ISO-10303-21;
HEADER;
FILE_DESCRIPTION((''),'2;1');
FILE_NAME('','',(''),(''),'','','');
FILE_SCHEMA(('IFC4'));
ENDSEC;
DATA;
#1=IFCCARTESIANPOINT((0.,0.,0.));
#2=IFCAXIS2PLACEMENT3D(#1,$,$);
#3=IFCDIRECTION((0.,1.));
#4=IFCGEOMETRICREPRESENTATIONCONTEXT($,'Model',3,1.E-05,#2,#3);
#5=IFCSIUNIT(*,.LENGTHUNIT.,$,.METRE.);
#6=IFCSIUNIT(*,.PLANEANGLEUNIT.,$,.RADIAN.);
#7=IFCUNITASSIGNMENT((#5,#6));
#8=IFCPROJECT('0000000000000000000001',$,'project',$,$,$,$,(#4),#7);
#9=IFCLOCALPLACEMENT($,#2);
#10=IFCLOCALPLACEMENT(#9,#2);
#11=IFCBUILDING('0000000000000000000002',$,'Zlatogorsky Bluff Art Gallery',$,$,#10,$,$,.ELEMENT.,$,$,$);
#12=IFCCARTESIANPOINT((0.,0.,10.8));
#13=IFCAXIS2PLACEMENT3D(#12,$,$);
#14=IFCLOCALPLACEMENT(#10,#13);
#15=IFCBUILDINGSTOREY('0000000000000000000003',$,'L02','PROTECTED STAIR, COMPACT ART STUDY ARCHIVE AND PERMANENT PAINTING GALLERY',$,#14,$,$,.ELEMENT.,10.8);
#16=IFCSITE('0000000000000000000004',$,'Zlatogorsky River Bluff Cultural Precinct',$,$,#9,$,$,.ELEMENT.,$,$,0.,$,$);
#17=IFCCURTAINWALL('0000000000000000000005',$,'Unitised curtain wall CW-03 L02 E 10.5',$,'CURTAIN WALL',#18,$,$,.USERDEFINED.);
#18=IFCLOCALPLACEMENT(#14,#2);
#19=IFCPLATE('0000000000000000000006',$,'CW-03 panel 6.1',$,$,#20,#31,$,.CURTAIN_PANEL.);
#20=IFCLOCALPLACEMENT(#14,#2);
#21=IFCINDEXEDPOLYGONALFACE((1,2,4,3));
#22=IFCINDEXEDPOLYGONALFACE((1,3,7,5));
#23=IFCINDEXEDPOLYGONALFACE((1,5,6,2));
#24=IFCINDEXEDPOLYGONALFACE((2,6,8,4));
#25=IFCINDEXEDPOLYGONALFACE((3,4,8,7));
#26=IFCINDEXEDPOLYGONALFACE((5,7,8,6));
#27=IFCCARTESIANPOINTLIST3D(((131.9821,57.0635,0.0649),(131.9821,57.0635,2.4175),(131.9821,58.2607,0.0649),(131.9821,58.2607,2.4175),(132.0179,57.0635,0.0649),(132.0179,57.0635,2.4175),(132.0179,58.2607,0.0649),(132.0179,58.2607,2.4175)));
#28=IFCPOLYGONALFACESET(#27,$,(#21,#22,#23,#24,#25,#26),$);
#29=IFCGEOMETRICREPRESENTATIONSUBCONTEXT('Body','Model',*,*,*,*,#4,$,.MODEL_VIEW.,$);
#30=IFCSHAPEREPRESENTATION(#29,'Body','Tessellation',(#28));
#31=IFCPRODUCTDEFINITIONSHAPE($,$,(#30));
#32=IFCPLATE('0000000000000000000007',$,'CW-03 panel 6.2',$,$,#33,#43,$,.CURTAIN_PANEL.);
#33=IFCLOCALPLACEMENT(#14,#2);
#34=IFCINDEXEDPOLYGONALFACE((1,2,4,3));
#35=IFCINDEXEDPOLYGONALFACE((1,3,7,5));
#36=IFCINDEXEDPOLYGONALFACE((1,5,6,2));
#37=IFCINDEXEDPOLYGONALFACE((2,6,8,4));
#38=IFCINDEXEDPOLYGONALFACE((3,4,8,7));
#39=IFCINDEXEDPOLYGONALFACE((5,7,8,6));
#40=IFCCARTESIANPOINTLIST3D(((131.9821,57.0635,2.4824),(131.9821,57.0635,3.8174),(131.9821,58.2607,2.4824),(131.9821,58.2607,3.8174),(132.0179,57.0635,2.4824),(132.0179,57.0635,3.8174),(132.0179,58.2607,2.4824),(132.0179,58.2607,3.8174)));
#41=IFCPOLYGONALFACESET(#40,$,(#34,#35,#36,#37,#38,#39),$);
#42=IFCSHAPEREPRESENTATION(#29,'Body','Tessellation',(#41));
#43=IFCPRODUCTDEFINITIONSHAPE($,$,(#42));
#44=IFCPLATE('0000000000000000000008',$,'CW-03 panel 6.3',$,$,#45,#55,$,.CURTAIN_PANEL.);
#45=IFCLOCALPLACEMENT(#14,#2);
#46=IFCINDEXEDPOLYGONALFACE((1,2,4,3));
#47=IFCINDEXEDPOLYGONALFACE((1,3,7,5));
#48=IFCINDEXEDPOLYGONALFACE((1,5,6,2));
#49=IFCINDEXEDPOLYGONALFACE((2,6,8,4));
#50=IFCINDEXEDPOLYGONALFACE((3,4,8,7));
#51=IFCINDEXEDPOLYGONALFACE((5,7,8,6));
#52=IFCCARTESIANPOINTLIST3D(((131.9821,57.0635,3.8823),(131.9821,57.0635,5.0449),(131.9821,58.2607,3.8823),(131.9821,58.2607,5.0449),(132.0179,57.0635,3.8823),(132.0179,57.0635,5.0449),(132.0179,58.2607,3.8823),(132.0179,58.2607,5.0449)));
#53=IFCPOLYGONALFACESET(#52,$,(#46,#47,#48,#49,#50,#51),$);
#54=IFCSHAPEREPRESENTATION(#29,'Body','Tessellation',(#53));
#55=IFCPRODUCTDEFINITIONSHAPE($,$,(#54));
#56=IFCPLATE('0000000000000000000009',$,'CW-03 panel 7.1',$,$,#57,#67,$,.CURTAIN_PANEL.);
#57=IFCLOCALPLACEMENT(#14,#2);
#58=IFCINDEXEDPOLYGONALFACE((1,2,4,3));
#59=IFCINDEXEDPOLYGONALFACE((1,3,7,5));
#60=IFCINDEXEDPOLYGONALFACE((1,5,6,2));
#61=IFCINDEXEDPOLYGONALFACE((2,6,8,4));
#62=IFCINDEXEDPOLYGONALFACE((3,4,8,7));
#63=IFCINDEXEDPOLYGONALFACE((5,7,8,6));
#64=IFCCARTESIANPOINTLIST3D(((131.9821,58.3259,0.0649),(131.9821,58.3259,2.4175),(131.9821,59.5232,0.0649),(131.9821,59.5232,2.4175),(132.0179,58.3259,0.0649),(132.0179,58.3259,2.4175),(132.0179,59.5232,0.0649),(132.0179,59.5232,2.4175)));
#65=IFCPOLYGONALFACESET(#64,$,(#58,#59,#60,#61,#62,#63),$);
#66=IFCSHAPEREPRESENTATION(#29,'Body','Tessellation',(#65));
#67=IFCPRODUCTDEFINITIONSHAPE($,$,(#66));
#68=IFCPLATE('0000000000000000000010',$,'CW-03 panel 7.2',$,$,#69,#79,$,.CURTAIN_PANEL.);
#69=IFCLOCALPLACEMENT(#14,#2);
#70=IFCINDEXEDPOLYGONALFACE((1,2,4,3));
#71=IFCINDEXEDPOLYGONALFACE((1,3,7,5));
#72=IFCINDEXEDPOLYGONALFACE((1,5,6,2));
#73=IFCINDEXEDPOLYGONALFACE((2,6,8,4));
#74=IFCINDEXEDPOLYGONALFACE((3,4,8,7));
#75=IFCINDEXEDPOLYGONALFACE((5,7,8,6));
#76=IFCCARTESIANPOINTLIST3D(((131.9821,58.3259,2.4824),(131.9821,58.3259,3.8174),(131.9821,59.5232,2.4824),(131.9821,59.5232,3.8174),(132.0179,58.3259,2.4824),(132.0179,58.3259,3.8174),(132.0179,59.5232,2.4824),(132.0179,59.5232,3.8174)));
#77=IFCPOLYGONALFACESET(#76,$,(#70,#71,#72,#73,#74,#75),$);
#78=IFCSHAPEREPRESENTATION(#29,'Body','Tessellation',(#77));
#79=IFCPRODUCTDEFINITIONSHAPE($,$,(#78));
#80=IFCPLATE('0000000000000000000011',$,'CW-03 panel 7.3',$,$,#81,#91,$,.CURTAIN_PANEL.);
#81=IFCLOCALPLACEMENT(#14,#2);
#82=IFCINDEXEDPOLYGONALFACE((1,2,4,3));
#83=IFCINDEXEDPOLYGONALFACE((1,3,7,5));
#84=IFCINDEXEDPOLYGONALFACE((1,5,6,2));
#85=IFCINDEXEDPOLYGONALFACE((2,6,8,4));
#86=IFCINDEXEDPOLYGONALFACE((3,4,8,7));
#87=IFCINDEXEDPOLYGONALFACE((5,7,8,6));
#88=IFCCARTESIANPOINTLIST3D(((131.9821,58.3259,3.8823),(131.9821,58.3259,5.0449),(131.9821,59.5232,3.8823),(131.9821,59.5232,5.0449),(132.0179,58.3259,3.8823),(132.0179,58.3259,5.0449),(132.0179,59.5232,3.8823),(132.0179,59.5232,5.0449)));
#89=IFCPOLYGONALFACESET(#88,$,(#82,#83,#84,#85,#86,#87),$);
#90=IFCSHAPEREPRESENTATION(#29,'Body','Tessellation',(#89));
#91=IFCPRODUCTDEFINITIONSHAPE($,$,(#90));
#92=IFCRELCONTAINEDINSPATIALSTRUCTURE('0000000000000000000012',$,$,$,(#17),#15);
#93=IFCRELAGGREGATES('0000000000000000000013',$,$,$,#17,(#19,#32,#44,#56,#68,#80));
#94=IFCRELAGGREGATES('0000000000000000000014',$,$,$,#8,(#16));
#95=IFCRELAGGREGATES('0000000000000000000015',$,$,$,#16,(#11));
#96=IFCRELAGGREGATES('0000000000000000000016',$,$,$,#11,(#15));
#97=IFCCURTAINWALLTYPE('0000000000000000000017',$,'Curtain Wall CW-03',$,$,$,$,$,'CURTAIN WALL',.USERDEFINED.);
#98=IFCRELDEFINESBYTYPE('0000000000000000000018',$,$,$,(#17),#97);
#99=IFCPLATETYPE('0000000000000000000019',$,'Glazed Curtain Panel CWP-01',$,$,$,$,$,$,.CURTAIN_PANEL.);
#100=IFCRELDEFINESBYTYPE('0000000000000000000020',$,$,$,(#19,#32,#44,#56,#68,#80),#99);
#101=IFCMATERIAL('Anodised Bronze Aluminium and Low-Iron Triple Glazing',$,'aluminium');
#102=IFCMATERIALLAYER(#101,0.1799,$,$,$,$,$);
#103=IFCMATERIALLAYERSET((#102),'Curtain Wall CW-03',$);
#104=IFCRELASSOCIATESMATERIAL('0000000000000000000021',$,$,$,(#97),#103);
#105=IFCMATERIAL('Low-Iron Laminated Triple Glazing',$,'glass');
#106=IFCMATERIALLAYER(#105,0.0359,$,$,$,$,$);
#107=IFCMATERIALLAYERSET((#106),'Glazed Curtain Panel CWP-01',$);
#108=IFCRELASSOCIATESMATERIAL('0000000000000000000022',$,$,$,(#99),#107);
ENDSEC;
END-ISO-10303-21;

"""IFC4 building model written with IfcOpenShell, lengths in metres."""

from ifc_helpers import new_model, si_unit, direction, frame, origin, origin_2d, place, context, subcontext, project, spatial, rectangle, extrude, material, layer, layer_set, type_object, element, aggregate, save


model = new_model("IFC4")

# Units and contexts
model_context = context("Model", 3, precision=1e-05, world=origin(), true_north=direction((0.0, 1.0)))
body_context = subcontext(model_context, "Body", "Model", "MODEL_VIEW")
ifc_project = project(units=[si_unit("LENGTHUNIT", "METRE"), si_unit("PLANEANGLEUNIT", "RADIAN")], contexts=[model_context])

# Site, building, storey
site_placement = place(None, origin())
site = spatial("IfcSite", under=ifc_project, at=site_placement, Name="Zlatogorsky River Bluff Cultural Precinct", CompositionType="ELEMENT", RefElevation=0.0)
building_placement = place(site_placement, origin())
building = spatial("IfcBuilding", under=site, at=building_placement, Name="Zlatogorsky Bluff Art Gallery", CompositionType="ELEMENT")
storey_placement = place(building_placement, frame((0.0, 0.0, 10.8)))
storey = spatial("IfcBuildingStorey", under=building, at=storey_placement, Name="L02", Description="PROTECTED STAIR, COMPACT ART STUDY ARCHIVE AND PERMANENT PAINTING GALLERY", CompositionType="ELEMENT", Elevation=10.8)

# Curtain wall, plates
ifc_material_1 = material(Name="Anodised Bronze Aluminium and Low-Iron Triple Glazing", Category="aluminium")
ifc_layer_1 = layer(ifc_material_1, 0.1799)
ifc_layer_set_1 = layer_set([ifc_layer_1], Name="Curtain Wall CW-03")
curtain_wall_type = type_object("IfcCurtainWallType", Name="Curtain Wall CW-03", ElementType="CURTAIN WALL", PredefinedType="USERDEFINED", material=ifc_layer_set_1)
curtain_wall_placement = place(storey_placement, origin())
curtain_wall = element("IfcCurtainWall", 1, at=curtain_wall_placement, inside=storey, type_object=curtain_wall_type, Name="Unitised curtain wall CW-03 L02 E 10.5", ObjectType="CURTAIN WALL", PredefinedType="USERDEFINED")
ifc_material_2 = material(Name="Low-Iron Laminated Triple Glazing", Category="glass")
ifc_layer_2 = layer(ifc_material_2, 0.0359)
ifc_layer_set_2 = layer_set([ifc_layer_2], Name="Glazed Curtain Panel CWP-01")
plate_type = type_object("IfcPlateType", Name="Glazed Curtain Panel CWP-01", PredefinedType="CURTAIN_PANEL", material=ifc_layer_set_2)
plate_1_placement = place(storey_placement, frame((132.0, 57.6621, 0.0649), z_axis=(0.0, 0.0, 1.0), x_axis=(0.0, 1.0, 0.0)))
plate_1 = element("IfcPlate", 2, at=plate_1_placement, type_object=plate_type, Name="CW-03 panel 6.1", PredefinedType="CURTAIN_PANEL", context=body_context, shape_type="SweptSolid", body=[
    extrude(rectangle(XDim=1.1973, YDim=0.0359, at=origin_2d()), origin(), (0.0, 0.0, 1.0), 2.3525),
])
plate_2_placement = place(storey_placement, frame((132.0, 57.6621, 2.4824), z_axis=(0.0, 0.0, 1.0), x_axis=(0.0, 1.0, 0.0)))
plate_2 = element("IfcPlate", 3, at=plate_2_placement, type_object=plate_type, Name="CW-03 panel 6.2", PredefinedType="CURTAIN_PANEL", context=body_context, shape_type="SweptSolid", body=[
    extrude(rectangle(XDim=1.1973, YDim=0.0359, at=origin_2d()), origin(), (0.0, 0.0, 1.0), 1.335),
])
plate_3_placement = place(storey_placement, frame((132.0, 57.6621, 3.8823), z_axis=(0.0, 0.0, 1.0), x_axis=(0.0, 1.0, 0.0)))
plate_3 = element("IfcPlate", 4, at=plate_3_placement, type_object=plate_type, Name="CW-03 panel 6.3", PredefinedType="CURTAIN_PANEL", context=body_context, shape_type="SweptSolid", body=[
    extrude(rectangle(XDim=1.1973, YDim=0.0359, at=origin_2d()), origin(), (0.0, 0.0, 1.0), 1.1626),
])
plate_4_placement = place(storey_placement, frame((132.0, 58.9246, 0.0649), z_axis=(0.0, 0.0, 1.0), x_axis=(0.0, 1.0, 0.0)))
plate_4 = element("IfcPlate", 5, at=plate_4_placement, type_object=plate_type, Name="CW-03 panel 7.1", PredefinedType="CURTAIN_PANEL", context=body_context, shape_type="SweptSolid", body=[
    extrude(rectangle(XDim=1.1973, YDim=0.0359, at=origin_2d()), origin(), (0.0, 0.0, 1.0), 2.3525),
])
plate_5_placement = place(storey_placement, frame((132.0, 58.9246, 2.4824), z_axis=(0.0, 0.0, 1.0), x_axis=(0.0, 1.0, 0.0)))
plate_5 = element("IfcPlate", 6, at=plate_5_placement, type_object=plate_type, Name="CW-03 panel 7.2", PredefinedType="CURTAIN_PANEL", context=body_context, shape_type="SweptSolid", body=[
    extrude(rectangle(XDim=1.1973, YDim=0.0359, at=origin_2d()), origin(), (0.0, 0.0, 1.0), 1.335),
])
plate_6_placement = place(storey_placement, frame((132.0, 58.9246, 3.8823), z_axis=(0.0, 0.0, 1.0), x_axis=(0.0, 1.0, 0.0)))
plate_6 = element("IfcPlate", 7, at=plate_6_placement, type_object=plate_type, Name="CW-03 panel 7.3", PredefinedType="CURTAIN_PANEL", context=body_context, shape_type="SweptSolid", body=[
    extrude(rectangle(XDim=1.1973, YDim=0.0359, at=origin_2d()), origin(), (0.0, 0.0, 1.0), 1.1626),
])
aggregate(curtain_wall, [plate_1, plate_2, plate_3, plate_4, plate_5, plate_6])

save(model, "model.ifc")
